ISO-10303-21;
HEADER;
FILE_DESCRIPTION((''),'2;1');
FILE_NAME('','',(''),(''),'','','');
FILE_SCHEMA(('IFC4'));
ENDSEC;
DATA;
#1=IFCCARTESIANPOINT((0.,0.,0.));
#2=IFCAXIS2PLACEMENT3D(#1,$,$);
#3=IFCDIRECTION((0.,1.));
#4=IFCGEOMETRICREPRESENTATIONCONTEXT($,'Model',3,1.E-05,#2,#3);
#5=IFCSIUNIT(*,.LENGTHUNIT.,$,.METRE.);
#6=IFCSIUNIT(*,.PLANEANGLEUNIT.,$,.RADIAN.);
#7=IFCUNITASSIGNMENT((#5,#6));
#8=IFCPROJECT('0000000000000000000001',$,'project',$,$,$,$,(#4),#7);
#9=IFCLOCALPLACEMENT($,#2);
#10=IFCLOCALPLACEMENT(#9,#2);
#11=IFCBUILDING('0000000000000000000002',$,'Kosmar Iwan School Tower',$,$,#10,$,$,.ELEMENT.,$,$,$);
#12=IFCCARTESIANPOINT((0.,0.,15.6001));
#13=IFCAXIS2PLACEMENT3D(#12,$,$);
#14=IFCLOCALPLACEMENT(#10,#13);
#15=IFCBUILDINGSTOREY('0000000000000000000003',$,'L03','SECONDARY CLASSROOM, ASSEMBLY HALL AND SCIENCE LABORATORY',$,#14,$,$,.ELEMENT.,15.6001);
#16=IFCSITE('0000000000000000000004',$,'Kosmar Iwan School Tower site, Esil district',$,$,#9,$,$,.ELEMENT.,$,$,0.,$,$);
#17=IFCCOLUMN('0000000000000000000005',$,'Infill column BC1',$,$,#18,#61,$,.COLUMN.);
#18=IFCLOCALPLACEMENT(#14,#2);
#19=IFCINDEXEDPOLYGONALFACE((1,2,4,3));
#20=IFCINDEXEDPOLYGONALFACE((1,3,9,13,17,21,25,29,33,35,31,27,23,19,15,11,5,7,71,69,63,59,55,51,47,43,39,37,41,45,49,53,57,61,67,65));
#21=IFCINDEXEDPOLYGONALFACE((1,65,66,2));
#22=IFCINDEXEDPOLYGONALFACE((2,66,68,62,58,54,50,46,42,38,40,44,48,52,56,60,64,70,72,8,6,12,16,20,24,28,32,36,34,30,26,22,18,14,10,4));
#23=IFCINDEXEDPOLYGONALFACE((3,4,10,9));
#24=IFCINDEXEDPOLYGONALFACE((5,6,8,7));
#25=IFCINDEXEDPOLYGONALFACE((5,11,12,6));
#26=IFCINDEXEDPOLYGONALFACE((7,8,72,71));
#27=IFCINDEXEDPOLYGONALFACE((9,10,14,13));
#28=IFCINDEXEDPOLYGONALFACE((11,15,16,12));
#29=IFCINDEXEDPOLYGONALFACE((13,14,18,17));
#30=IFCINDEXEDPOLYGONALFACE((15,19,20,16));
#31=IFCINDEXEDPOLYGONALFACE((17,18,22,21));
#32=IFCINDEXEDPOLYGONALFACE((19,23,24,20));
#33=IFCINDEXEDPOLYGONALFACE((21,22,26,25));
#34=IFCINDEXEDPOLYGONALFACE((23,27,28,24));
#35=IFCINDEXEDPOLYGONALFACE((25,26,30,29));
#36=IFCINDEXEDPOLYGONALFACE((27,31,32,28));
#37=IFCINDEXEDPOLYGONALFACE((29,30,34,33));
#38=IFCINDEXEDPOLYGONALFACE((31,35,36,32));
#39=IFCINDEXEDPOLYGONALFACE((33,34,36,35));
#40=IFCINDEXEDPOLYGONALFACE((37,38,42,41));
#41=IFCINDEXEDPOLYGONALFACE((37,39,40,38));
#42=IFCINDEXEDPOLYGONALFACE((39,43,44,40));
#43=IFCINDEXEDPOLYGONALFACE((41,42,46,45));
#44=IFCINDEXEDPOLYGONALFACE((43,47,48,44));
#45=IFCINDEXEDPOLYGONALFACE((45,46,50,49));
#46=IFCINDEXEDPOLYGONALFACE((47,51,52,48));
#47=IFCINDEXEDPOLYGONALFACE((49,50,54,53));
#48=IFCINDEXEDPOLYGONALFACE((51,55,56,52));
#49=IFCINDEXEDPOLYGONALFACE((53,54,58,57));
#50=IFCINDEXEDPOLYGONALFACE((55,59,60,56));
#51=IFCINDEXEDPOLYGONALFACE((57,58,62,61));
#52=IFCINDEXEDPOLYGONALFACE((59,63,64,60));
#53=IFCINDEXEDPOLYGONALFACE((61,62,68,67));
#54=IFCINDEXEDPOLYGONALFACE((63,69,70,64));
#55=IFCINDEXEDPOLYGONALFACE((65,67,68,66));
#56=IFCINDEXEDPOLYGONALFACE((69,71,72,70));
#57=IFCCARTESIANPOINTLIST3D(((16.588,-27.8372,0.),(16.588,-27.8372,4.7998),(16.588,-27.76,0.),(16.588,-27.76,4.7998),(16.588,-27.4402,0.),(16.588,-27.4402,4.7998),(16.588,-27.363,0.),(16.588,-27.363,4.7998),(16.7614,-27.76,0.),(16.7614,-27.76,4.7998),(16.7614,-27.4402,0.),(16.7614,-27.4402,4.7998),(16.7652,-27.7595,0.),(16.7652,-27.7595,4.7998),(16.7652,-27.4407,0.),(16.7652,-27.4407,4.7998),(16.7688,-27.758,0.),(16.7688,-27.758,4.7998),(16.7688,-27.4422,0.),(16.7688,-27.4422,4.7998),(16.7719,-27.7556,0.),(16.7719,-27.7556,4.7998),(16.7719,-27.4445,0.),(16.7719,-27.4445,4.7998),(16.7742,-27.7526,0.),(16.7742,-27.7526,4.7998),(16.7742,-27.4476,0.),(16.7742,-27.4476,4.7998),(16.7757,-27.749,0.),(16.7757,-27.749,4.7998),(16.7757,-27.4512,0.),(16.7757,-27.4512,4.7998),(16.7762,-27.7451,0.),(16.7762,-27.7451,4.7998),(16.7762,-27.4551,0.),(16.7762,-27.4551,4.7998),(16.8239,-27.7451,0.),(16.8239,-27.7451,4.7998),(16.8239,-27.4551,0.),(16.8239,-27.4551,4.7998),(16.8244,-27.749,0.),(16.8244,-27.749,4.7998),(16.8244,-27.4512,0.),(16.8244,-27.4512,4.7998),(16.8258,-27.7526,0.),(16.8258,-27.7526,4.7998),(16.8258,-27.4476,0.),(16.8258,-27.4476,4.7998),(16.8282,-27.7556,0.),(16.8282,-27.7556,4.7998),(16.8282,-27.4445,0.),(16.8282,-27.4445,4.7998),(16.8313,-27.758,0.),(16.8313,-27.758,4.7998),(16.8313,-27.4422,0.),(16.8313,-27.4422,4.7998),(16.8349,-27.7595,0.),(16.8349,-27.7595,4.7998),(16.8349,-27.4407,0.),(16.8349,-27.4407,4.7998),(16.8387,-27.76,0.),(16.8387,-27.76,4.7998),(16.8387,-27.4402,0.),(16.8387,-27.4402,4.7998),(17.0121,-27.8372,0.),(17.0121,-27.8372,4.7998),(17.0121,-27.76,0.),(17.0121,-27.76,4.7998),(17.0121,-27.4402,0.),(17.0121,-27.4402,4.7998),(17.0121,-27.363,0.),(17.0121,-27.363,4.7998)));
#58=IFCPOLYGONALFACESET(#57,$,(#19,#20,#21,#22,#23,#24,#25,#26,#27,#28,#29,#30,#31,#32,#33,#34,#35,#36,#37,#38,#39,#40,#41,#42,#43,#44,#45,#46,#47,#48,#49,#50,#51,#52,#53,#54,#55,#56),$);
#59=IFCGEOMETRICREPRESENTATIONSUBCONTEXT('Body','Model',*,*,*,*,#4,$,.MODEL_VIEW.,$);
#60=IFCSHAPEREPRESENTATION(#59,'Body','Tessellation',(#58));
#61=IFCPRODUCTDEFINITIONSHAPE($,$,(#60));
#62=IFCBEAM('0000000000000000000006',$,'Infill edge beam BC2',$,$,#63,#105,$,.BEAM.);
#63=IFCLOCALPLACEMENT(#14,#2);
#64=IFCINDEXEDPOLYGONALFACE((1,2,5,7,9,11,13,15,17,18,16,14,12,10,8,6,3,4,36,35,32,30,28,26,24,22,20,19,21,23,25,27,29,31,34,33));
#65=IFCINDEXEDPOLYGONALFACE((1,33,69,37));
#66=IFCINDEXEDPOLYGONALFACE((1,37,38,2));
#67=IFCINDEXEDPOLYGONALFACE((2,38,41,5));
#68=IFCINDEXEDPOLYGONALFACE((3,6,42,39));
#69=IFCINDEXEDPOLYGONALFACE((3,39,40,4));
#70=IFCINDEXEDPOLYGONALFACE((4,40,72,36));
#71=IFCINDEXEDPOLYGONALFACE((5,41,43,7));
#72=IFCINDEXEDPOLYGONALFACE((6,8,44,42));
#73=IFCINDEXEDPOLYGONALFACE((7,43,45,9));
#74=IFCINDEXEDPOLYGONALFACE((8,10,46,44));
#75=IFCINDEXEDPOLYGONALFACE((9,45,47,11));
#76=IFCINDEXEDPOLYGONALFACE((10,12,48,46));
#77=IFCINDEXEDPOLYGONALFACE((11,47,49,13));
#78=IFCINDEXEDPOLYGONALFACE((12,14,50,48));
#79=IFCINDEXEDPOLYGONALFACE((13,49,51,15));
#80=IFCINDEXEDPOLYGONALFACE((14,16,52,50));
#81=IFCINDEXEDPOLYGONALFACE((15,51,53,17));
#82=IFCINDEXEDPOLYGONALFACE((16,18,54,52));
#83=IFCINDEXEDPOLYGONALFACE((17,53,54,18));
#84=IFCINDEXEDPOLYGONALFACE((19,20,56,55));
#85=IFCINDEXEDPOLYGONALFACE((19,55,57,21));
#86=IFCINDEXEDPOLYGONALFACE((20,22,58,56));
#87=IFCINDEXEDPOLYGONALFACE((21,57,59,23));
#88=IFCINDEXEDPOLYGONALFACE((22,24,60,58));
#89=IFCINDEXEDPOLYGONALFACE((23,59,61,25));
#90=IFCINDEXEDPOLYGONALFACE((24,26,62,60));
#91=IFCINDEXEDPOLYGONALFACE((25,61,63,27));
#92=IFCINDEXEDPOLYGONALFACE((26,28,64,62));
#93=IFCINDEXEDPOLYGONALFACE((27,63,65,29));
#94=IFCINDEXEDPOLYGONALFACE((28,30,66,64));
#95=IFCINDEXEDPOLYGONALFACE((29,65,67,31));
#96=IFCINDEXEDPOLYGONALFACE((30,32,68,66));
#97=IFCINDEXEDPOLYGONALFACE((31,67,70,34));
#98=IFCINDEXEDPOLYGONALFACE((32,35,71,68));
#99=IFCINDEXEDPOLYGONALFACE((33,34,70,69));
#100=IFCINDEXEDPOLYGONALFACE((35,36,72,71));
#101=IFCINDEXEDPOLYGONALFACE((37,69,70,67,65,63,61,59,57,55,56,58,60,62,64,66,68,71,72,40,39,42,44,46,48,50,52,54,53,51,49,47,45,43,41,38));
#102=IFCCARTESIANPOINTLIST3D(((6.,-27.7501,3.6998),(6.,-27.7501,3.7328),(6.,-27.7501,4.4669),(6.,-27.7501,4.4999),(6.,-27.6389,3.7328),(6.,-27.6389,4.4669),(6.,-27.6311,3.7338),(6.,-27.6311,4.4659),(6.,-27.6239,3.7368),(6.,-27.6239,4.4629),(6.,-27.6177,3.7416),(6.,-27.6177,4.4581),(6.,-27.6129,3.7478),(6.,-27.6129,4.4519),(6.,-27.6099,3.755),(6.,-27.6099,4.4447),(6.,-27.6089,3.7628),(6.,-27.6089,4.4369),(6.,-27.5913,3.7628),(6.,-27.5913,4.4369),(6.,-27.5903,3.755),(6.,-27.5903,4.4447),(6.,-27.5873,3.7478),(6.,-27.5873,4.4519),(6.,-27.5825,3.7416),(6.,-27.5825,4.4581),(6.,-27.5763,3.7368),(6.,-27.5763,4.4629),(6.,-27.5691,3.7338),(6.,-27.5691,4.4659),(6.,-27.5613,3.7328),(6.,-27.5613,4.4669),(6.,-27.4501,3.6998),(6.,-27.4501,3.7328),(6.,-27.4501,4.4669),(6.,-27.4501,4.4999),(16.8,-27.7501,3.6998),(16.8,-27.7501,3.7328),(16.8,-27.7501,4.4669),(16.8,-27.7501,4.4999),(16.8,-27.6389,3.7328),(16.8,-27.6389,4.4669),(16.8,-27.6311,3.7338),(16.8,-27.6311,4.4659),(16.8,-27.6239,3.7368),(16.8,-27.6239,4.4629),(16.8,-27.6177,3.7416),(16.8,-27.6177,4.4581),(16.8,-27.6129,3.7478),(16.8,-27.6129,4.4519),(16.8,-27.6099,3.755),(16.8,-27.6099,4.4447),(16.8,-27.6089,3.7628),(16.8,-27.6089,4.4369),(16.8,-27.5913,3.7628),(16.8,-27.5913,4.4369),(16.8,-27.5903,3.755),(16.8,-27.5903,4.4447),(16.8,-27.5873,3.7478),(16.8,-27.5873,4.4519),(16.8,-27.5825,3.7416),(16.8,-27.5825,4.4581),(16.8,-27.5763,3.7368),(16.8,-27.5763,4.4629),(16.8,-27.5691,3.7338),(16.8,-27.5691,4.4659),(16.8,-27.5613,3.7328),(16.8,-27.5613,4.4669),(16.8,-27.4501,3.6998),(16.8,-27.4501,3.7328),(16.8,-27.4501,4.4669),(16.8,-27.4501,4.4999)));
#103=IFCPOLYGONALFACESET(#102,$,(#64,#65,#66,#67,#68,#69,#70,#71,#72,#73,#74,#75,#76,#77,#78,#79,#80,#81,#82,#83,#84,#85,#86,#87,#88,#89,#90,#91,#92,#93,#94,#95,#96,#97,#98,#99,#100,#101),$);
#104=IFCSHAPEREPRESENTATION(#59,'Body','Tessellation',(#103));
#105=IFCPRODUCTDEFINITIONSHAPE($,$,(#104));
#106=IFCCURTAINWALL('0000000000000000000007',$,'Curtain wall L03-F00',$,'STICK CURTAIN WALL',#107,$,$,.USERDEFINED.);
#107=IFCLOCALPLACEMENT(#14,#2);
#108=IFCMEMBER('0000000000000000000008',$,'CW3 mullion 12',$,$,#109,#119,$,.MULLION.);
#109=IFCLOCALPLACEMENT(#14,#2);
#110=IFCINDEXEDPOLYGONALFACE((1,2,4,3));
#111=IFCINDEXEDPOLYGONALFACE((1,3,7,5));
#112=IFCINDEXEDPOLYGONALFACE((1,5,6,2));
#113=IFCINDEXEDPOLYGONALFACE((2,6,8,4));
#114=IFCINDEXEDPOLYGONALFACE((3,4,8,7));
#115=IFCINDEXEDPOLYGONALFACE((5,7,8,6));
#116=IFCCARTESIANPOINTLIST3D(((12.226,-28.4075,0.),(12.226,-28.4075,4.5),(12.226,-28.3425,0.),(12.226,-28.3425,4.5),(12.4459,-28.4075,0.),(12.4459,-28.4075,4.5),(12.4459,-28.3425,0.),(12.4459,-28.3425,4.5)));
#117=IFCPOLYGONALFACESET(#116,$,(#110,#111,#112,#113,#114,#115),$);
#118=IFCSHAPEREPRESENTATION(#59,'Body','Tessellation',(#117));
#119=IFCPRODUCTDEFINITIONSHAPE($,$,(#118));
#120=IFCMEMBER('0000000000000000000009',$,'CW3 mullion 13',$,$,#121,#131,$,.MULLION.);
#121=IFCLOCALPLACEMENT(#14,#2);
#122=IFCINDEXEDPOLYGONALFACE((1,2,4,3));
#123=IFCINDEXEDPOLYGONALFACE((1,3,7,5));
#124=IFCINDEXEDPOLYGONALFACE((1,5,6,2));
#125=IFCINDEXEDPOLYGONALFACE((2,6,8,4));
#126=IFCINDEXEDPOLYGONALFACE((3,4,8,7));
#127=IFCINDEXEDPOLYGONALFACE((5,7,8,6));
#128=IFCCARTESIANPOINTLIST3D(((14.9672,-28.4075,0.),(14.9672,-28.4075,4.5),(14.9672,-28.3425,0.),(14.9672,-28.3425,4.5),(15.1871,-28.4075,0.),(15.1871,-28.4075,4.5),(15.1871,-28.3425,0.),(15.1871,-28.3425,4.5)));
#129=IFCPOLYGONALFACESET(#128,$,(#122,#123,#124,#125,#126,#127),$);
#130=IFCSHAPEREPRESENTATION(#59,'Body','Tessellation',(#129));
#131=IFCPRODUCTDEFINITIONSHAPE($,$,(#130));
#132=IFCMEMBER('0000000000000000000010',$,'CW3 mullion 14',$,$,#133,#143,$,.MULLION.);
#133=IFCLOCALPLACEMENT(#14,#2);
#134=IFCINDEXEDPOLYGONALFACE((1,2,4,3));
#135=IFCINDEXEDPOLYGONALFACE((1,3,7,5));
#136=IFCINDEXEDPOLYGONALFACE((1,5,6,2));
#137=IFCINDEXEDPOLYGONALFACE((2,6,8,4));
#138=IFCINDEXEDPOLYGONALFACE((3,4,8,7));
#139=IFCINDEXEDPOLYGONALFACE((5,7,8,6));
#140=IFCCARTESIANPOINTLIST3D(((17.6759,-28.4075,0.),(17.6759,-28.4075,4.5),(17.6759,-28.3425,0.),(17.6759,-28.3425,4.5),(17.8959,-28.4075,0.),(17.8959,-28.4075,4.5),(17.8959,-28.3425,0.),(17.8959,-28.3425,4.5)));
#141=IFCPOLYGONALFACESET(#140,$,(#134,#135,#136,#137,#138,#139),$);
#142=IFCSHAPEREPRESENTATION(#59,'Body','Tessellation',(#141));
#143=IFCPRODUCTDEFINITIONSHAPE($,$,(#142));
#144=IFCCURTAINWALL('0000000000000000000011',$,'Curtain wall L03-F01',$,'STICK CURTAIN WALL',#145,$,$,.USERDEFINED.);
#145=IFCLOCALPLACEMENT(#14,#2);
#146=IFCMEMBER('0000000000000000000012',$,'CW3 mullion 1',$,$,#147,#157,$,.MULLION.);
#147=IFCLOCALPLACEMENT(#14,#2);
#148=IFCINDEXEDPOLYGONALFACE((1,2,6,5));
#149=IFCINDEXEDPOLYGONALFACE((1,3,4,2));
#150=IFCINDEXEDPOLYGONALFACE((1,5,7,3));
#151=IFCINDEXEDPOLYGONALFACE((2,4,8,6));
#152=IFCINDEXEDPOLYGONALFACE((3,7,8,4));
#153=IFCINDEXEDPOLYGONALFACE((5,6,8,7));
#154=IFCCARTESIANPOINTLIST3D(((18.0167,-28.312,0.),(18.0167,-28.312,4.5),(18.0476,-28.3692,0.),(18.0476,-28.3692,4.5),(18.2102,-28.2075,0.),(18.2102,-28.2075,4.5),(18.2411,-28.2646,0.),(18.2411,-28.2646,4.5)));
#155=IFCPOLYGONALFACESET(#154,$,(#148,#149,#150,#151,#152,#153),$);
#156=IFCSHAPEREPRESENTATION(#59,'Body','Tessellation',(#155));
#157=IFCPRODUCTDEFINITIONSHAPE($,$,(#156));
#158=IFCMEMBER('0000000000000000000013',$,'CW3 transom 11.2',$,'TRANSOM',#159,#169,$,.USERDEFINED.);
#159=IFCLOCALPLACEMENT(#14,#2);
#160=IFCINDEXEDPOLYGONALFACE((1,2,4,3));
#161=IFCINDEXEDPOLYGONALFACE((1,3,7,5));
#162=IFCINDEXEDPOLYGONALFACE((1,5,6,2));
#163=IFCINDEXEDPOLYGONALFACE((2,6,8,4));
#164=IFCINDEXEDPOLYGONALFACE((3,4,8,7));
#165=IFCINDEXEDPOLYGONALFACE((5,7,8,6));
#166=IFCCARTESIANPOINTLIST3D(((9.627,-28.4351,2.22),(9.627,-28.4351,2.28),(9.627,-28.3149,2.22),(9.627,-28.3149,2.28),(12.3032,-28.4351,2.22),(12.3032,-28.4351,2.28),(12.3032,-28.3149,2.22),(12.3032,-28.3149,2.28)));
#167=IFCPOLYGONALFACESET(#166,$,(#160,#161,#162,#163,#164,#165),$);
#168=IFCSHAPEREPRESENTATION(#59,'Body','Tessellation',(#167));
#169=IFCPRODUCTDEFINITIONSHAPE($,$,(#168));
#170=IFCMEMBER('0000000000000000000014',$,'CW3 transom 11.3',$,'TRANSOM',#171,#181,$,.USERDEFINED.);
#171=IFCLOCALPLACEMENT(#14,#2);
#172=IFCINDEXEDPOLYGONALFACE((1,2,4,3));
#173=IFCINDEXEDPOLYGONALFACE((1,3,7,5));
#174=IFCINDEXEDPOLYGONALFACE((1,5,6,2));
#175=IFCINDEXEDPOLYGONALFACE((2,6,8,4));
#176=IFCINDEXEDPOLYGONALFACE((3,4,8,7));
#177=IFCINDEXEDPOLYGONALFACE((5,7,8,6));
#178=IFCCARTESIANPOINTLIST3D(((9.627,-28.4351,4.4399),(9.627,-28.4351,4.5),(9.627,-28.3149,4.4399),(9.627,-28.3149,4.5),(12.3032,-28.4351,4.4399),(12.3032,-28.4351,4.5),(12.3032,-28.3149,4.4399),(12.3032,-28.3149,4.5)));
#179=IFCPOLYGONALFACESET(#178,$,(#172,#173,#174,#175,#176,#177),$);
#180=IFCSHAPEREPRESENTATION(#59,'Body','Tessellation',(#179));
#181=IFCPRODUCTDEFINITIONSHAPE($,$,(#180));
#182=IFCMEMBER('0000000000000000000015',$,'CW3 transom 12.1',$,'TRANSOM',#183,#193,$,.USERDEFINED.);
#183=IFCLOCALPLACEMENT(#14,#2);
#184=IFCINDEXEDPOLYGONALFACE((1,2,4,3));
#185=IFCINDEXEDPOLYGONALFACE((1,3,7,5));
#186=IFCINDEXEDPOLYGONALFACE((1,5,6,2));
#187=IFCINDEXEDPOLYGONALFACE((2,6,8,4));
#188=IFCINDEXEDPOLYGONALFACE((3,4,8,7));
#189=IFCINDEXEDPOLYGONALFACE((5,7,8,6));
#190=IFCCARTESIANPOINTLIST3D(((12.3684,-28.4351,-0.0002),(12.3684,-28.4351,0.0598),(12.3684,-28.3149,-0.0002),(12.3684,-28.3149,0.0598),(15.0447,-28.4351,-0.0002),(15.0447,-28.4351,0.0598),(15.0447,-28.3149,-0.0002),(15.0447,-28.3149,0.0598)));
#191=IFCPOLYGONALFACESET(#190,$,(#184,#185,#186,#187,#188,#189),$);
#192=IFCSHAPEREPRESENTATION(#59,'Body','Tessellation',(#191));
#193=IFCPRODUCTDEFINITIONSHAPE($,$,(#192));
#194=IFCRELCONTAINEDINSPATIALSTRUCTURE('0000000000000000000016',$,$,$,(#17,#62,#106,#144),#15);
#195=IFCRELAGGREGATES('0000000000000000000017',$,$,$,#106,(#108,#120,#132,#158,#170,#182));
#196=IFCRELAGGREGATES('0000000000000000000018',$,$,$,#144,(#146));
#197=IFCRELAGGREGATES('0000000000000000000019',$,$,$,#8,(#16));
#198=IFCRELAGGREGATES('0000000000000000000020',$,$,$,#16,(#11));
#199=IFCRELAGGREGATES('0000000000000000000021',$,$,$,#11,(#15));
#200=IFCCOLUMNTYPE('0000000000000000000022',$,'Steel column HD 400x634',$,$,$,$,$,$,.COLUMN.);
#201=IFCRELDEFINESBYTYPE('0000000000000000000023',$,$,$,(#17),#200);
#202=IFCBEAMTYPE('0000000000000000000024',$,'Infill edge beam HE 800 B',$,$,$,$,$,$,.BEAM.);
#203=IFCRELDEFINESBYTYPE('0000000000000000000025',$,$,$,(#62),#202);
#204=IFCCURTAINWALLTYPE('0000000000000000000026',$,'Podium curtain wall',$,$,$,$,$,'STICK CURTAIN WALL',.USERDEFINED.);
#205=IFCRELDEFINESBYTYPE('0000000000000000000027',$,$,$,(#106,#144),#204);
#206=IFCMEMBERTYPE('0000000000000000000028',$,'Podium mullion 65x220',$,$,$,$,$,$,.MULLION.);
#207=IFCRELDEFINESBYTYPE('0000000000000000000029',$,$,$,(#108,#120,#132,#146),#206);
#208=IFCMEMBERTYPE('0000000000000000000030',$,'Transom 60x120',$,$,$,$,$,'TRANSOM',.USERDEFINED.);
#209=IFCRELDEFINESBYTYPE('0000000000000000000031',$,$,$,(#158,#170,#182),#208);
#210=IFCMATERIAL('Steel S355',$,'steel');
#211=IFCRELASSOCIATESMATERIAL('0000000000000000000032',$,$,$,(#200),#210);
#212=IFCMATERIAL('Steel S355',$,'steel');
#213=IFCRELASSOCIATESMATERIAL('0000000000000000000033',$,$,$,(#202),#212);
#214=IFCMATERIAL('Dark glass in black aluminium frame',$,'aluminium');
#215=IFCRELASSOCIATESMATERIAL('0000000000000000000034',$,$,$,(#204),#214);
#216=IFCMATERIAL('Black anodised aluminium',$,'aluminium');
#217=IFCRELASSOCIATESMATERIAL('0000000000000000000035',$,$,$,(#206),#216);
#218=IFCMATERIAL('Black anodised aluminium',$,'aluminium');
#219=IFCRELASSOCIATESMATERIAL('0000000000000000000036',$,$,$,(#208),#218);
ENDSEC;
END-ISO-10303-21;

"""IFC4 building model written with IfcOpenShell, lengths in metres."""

from ifc_helpers import new_model, si_unit, direction, frame, origin, origin_2d, place, context, subcontext, project, spatial, rectangle, i_section, extrude, material, material_profile, profile_set, type_object, element, aggregate, save


model = new_model("IFC4")

# Units and contexts
model_context = context("Model", 3, precision=1e-05, world=origin(), true_north=direction((0.0, 1.0)))
body_context = subcontext(model_context, "Body", "Model", "MODEL_VIEW")
ifc_project = project(units=[si_unit("LENGTHUNIT", "METRE"), si_unit("PLANEANGLEUNIT", "RADIAN")], contexts=[model_context])

# Site, building, storey
site_placement = place(None, origin())
site = spatial("IfcSite", under=ifc_project, at=site_placement, Name="Kosmar Iwan School Tower site, Esil district", CompositionType="ELEMENT", RefElevation=0.0)
building_placement = place(site_placement, origin())
building = spatial("IfcBuilding", under=site, at=building_placement, Name="Kosmar Iwan School Tower", CompositionType="ELEMENT")
storey_placement = place(building_placement, frame((0.0, 0.0, 15.6001)))
storey = spatial("IfcBuildingStorey", under=building, at=storey_placement, Name="L03", Description="SECONDARY CLASSROOM, ASSEMBLY HALL AND SCIENCE LABORATORY", CompositionType="ELEMENT", Elevation=15.6001)

# Column
ifc_material_1 = material(Name="Steel S355", Category="steel")
ifc_material_profile_1 = material_profile(ifc_material_1, i_section(OverallWidth=0.4241, OverallDepth=0.4741, WebThickness=0.0476, FlangeThickness=0.0771, FilletRadius=0.0149, at=origin_2d()), Name="HD 400x634")
ifc_profile_set_1 = profile_set([ifc_material_profile_1], Name="Steel S355")
column_type = type_object("IfcColumnType", Name="Steel column HD 400x634", PredefinedType="COLUMN", material=ifc_profile_set_1)
column_placement = place(storey_placement, frame((16.8, -27.6001, 0.0), z_axis=(0.0, 0.0, 1.0), x_axis=(1.0, 0.0, 0.0)))
element("IfcColumn", 1, at=column_placement, inside=storey, type_object=column_type, Name="Infill column BC1", PredefinedType="COLUMN", context=body_context, shape_type="SweptSolid", body=[
    extrude(i_section(OverallWidth=0.4241, OverallDepth=0.4741, WebThickness=0.0476, FlangeThickness=0.0771, FilletRadius=0.0149, at=origin_2d()), origin(), (0.0, 0.0, 1.0), 4.7998),
])

# Beam
ifc_material_2 = material(Name="Steel S355", Category="steel")
ifc_material_profile_2 = material_profile(ifc_material_2, i_section(OverallWidth=0.3, OverallDepth=0.8, WebThickness=0.0176, FlangeThickness=0.033, FilletRadius=0.03, at=origin_2d()), Name="HE 800 B")
ifc_profile_set_2 = profile_set([ifc_material_profile_2], Name="Steel S355")
beam_type = type_object("IfcBeamType", Name="Infill edge beam HE 800 B", PredefinedType="BEAM", material=ifc_profile_set_2)
beam_placement = place(storey_placement, frame((16.8, -27.6001, 4.0999), z_axis=(-1.0, 0.0, 0.0), x_axis=(0.0, -1.0, 0.0)))
element("IfcBeam", 2, at=beam_placement, inside=storey, type_object=beam_type, Name="Infill edge beam BC2", PredefinedType="BEAM", context=body_context, shape_type="SweptSolid", body=[
    extrude(i_section(OverallWidth=0.3, OverallDepth=0.8, WebThickness=0.0176, FlangeThickness=0.033, FilletRadius=0.03, at=origin_2d()), origin(), (0.0, 0.0, 1.0), 10.8),
])

# Curtain wall, members
ifc_material_3 = material(Name="Dark glass in black aluminium frame", Category="aluminium")
curtain_wall_type = type_object("IfcCurtainWallType", Name="Podium curtain wall", ElementType="STICK CURTAIN WALL", PredefinedType="USERDEFINED", material=ifc_material_3)
curtain_wall_1_placement = place(storey_placement, origin())
curtain_wall_1 = element("IfcCurtainWall", 3, at=curtain_wall_1_placement, inside=storey, type_object=curtain_wall_type, Name="Curtain wall L03-F00", ObjectType="STICK CURTAIN WALL", PredefinedType="USERDEFINED")
ifc_material_4 = material(Name="Black anodised aluminium", Category="aluminium")
ifc_material_profile_3 = material_profile(ifc_material_4, rectangle(XDim=0.0649, YDim=0.22, at=origin_2d()), Name="MULLION 65x220")
ifc_profile_set_3 = profile_set([ifc_material_profile_3], Name="Black anodised aluminium")
member_type_1 = type_object("IfcMemberType", Name="Podium mullion 65x220", PredefinedType="MULLION", material=ifc_profile_set_3)
member_1_placement = place(storey_placement, frame((12.3359, -28.375, 0.0), z_axis=(0.0, 0.0, 1.0), x_axis=(0.0, 1.0, 0.0)))
member_1 = element("IfcMember", 4, at=member_1_placement, type_object=member_type_1, Name="CW3 mullion 12", PredefinedType="MULLION", context=body_context, shape_type="SweptSolid", body=[
    extrude(rectangle(XDim=0.0649, YDim=0.22, at=origin_2d()), origin(), (0.0, 0.0, 1.0), 4.5),
])
member_2_placement = place(storey_placement, frame((15.0771, -28.375, 0.0), z_axis=(0.0, 0.0, 1.0), x_axis=(0.0, 1.0, 0.0)))
member_2 = element("IfcMember", 5, at=member_2_placement, type_object=member_type_1, Name="CW3 mullion 13", PredefinedType="MULLION", context=body_context, shape_type="SweptSolid", body=[
    extrude(rectangle(XDim=0.0649, YDim=0.22, at=origin_2d()), origin(), (0.0, 0.0, 1.0), 4.5),
])
member_3_placement = place(storey_placement, frame((17.7859, -28.375, 0.0), z_axis=(0.0, 0.0, 1.0), x_axis=(0.0, 1.0, 0.0)))
member_3 = element("IfcMember", 6, at=member_3_placement, type_object=member_type_1, Name="CW3 mullion 14", PredefinedType="MULLION", context=body_context, shape_type="SweptSolid", body=[
    extrude(rectangle(XDim=0.0649, YDim=0.22, at=origin_2d()), origin(), (0.0, 0.0, 1.0), 4.5),
])

# Curtain wall, member
curtain_wall_2_placement = place(storey_placement, origin())
curtain_wall_2 = element("IfcCurtainWall", 7, at=curtain_wall_2_placement, inside=storey, type_object=curtain_wall_type, Name="Curtain wall L03-F01", ObjectType="STICK CURTAIN WALL", PredefinedType="USERDEFINED")
member_4_placement = place(storey_placement, frame((18.1289, -28.2883, 0.0), z_axis=(0.0, 0.0, 1.0), x_axis=(-0.475215, 0.879869, 0.0)))
member_4 = element("IfcMember", 8, at=member_4_placement, type_object=member_type_1, Name="CW3 mullion 1", PredefinedType="MULLION", context=body_context, shape_type="SweptSolid", body=[
    extrude(rectangle(XDim=0.0649, YDim=0.22, at=origin_2d()), origin(), (0.0, 0.0, 1.0), 4.5),
])

# Members
ifc_material_5 = material(Name="Black anodised aluminium", Category="aluminium")
ifc_material_profile_4 = material_profile(ifc_material_5, rectangle(XDim=0.1201, YDim=0.0601, at=origin_2d()), Name="TRANSOM 60x120")
ifc_profile_set_4 = profile_set([ifc_material_profile_4], Name="Black anodised aluminium")
member_type_2 = type_object("IfcMemberType", Name="Transom 60x120", ElementType="TRANSOM", PredefinedType="USERDEFINED", material=ifc_profile_set_4)
member_5_placement = place(storey_placement, frame((9.627, -28.375, 2.25), z_axis=(1.0, 0.0, 0.0), x_axis=(0.0, 1.0, 0.0)))
member_5 = element("IfcMember", 9, at=member_5_placement, type_object=member_type_2, Name="CW3 transom 11.2", ObjectType="TRANSOM", PredefinedType="USERDEFINED", context=body_context, shape_type="SweptSolid", body=[
    extrude(rectangle(XDim=0.1201, YDim=0.0601, at=origin_2d()), origin(), (0.0, 0.0, 1.0), 2.6763),
])
member_6_placement = place(storey_placement, frame((9.627, -28.375, 4.47), z_axis=(1.0, 0.0, 0.0), x_axis=(0.0, 1.0, 0.0)))
member_6 = element("IfcMember", 10, at=member_6_placement, type_object=member_type_2, Name="CW3 transom 11.3", ObjectType="TRANSOM", PredefinedType="USERDEFINED", context=body_context, shape_type="SweptSolid", body=[
    extrude(rectangle(XDim=0.1201, YDim=0.0601, at=origin_2d()), origin(), (0.0, 0.0, 1.0), 2.6763),
])
member_7_placement = place(storey_placement, frame((12.3684, -28.375, 0.0298), z_axis=(1.0, 0.0, 0.0), x_axis=(0.0, 1.0, 0.0)))
member_7 = element("IfcMember", 11, at=member_7_placement, type_object=member_type_2, Name="CW3 transom 12.1", ObjectType="TRANSOM", PredefinedType="USERDEFINED", context=body_context, shape_type="SweptSolid", body=[
    extrude(rectangle(XDim=0.1201, YDim=0.0601, at=origin_2d()), origin(), (0.0, 0.0, 1.0), 2.6763),
])

aggregate(curtain_wall_1, [member_1, member_2, member_3, member_5, member_6, member_7])
aggregate(curtain_wall_2, [member_4])

save(model, "model.ifc")
